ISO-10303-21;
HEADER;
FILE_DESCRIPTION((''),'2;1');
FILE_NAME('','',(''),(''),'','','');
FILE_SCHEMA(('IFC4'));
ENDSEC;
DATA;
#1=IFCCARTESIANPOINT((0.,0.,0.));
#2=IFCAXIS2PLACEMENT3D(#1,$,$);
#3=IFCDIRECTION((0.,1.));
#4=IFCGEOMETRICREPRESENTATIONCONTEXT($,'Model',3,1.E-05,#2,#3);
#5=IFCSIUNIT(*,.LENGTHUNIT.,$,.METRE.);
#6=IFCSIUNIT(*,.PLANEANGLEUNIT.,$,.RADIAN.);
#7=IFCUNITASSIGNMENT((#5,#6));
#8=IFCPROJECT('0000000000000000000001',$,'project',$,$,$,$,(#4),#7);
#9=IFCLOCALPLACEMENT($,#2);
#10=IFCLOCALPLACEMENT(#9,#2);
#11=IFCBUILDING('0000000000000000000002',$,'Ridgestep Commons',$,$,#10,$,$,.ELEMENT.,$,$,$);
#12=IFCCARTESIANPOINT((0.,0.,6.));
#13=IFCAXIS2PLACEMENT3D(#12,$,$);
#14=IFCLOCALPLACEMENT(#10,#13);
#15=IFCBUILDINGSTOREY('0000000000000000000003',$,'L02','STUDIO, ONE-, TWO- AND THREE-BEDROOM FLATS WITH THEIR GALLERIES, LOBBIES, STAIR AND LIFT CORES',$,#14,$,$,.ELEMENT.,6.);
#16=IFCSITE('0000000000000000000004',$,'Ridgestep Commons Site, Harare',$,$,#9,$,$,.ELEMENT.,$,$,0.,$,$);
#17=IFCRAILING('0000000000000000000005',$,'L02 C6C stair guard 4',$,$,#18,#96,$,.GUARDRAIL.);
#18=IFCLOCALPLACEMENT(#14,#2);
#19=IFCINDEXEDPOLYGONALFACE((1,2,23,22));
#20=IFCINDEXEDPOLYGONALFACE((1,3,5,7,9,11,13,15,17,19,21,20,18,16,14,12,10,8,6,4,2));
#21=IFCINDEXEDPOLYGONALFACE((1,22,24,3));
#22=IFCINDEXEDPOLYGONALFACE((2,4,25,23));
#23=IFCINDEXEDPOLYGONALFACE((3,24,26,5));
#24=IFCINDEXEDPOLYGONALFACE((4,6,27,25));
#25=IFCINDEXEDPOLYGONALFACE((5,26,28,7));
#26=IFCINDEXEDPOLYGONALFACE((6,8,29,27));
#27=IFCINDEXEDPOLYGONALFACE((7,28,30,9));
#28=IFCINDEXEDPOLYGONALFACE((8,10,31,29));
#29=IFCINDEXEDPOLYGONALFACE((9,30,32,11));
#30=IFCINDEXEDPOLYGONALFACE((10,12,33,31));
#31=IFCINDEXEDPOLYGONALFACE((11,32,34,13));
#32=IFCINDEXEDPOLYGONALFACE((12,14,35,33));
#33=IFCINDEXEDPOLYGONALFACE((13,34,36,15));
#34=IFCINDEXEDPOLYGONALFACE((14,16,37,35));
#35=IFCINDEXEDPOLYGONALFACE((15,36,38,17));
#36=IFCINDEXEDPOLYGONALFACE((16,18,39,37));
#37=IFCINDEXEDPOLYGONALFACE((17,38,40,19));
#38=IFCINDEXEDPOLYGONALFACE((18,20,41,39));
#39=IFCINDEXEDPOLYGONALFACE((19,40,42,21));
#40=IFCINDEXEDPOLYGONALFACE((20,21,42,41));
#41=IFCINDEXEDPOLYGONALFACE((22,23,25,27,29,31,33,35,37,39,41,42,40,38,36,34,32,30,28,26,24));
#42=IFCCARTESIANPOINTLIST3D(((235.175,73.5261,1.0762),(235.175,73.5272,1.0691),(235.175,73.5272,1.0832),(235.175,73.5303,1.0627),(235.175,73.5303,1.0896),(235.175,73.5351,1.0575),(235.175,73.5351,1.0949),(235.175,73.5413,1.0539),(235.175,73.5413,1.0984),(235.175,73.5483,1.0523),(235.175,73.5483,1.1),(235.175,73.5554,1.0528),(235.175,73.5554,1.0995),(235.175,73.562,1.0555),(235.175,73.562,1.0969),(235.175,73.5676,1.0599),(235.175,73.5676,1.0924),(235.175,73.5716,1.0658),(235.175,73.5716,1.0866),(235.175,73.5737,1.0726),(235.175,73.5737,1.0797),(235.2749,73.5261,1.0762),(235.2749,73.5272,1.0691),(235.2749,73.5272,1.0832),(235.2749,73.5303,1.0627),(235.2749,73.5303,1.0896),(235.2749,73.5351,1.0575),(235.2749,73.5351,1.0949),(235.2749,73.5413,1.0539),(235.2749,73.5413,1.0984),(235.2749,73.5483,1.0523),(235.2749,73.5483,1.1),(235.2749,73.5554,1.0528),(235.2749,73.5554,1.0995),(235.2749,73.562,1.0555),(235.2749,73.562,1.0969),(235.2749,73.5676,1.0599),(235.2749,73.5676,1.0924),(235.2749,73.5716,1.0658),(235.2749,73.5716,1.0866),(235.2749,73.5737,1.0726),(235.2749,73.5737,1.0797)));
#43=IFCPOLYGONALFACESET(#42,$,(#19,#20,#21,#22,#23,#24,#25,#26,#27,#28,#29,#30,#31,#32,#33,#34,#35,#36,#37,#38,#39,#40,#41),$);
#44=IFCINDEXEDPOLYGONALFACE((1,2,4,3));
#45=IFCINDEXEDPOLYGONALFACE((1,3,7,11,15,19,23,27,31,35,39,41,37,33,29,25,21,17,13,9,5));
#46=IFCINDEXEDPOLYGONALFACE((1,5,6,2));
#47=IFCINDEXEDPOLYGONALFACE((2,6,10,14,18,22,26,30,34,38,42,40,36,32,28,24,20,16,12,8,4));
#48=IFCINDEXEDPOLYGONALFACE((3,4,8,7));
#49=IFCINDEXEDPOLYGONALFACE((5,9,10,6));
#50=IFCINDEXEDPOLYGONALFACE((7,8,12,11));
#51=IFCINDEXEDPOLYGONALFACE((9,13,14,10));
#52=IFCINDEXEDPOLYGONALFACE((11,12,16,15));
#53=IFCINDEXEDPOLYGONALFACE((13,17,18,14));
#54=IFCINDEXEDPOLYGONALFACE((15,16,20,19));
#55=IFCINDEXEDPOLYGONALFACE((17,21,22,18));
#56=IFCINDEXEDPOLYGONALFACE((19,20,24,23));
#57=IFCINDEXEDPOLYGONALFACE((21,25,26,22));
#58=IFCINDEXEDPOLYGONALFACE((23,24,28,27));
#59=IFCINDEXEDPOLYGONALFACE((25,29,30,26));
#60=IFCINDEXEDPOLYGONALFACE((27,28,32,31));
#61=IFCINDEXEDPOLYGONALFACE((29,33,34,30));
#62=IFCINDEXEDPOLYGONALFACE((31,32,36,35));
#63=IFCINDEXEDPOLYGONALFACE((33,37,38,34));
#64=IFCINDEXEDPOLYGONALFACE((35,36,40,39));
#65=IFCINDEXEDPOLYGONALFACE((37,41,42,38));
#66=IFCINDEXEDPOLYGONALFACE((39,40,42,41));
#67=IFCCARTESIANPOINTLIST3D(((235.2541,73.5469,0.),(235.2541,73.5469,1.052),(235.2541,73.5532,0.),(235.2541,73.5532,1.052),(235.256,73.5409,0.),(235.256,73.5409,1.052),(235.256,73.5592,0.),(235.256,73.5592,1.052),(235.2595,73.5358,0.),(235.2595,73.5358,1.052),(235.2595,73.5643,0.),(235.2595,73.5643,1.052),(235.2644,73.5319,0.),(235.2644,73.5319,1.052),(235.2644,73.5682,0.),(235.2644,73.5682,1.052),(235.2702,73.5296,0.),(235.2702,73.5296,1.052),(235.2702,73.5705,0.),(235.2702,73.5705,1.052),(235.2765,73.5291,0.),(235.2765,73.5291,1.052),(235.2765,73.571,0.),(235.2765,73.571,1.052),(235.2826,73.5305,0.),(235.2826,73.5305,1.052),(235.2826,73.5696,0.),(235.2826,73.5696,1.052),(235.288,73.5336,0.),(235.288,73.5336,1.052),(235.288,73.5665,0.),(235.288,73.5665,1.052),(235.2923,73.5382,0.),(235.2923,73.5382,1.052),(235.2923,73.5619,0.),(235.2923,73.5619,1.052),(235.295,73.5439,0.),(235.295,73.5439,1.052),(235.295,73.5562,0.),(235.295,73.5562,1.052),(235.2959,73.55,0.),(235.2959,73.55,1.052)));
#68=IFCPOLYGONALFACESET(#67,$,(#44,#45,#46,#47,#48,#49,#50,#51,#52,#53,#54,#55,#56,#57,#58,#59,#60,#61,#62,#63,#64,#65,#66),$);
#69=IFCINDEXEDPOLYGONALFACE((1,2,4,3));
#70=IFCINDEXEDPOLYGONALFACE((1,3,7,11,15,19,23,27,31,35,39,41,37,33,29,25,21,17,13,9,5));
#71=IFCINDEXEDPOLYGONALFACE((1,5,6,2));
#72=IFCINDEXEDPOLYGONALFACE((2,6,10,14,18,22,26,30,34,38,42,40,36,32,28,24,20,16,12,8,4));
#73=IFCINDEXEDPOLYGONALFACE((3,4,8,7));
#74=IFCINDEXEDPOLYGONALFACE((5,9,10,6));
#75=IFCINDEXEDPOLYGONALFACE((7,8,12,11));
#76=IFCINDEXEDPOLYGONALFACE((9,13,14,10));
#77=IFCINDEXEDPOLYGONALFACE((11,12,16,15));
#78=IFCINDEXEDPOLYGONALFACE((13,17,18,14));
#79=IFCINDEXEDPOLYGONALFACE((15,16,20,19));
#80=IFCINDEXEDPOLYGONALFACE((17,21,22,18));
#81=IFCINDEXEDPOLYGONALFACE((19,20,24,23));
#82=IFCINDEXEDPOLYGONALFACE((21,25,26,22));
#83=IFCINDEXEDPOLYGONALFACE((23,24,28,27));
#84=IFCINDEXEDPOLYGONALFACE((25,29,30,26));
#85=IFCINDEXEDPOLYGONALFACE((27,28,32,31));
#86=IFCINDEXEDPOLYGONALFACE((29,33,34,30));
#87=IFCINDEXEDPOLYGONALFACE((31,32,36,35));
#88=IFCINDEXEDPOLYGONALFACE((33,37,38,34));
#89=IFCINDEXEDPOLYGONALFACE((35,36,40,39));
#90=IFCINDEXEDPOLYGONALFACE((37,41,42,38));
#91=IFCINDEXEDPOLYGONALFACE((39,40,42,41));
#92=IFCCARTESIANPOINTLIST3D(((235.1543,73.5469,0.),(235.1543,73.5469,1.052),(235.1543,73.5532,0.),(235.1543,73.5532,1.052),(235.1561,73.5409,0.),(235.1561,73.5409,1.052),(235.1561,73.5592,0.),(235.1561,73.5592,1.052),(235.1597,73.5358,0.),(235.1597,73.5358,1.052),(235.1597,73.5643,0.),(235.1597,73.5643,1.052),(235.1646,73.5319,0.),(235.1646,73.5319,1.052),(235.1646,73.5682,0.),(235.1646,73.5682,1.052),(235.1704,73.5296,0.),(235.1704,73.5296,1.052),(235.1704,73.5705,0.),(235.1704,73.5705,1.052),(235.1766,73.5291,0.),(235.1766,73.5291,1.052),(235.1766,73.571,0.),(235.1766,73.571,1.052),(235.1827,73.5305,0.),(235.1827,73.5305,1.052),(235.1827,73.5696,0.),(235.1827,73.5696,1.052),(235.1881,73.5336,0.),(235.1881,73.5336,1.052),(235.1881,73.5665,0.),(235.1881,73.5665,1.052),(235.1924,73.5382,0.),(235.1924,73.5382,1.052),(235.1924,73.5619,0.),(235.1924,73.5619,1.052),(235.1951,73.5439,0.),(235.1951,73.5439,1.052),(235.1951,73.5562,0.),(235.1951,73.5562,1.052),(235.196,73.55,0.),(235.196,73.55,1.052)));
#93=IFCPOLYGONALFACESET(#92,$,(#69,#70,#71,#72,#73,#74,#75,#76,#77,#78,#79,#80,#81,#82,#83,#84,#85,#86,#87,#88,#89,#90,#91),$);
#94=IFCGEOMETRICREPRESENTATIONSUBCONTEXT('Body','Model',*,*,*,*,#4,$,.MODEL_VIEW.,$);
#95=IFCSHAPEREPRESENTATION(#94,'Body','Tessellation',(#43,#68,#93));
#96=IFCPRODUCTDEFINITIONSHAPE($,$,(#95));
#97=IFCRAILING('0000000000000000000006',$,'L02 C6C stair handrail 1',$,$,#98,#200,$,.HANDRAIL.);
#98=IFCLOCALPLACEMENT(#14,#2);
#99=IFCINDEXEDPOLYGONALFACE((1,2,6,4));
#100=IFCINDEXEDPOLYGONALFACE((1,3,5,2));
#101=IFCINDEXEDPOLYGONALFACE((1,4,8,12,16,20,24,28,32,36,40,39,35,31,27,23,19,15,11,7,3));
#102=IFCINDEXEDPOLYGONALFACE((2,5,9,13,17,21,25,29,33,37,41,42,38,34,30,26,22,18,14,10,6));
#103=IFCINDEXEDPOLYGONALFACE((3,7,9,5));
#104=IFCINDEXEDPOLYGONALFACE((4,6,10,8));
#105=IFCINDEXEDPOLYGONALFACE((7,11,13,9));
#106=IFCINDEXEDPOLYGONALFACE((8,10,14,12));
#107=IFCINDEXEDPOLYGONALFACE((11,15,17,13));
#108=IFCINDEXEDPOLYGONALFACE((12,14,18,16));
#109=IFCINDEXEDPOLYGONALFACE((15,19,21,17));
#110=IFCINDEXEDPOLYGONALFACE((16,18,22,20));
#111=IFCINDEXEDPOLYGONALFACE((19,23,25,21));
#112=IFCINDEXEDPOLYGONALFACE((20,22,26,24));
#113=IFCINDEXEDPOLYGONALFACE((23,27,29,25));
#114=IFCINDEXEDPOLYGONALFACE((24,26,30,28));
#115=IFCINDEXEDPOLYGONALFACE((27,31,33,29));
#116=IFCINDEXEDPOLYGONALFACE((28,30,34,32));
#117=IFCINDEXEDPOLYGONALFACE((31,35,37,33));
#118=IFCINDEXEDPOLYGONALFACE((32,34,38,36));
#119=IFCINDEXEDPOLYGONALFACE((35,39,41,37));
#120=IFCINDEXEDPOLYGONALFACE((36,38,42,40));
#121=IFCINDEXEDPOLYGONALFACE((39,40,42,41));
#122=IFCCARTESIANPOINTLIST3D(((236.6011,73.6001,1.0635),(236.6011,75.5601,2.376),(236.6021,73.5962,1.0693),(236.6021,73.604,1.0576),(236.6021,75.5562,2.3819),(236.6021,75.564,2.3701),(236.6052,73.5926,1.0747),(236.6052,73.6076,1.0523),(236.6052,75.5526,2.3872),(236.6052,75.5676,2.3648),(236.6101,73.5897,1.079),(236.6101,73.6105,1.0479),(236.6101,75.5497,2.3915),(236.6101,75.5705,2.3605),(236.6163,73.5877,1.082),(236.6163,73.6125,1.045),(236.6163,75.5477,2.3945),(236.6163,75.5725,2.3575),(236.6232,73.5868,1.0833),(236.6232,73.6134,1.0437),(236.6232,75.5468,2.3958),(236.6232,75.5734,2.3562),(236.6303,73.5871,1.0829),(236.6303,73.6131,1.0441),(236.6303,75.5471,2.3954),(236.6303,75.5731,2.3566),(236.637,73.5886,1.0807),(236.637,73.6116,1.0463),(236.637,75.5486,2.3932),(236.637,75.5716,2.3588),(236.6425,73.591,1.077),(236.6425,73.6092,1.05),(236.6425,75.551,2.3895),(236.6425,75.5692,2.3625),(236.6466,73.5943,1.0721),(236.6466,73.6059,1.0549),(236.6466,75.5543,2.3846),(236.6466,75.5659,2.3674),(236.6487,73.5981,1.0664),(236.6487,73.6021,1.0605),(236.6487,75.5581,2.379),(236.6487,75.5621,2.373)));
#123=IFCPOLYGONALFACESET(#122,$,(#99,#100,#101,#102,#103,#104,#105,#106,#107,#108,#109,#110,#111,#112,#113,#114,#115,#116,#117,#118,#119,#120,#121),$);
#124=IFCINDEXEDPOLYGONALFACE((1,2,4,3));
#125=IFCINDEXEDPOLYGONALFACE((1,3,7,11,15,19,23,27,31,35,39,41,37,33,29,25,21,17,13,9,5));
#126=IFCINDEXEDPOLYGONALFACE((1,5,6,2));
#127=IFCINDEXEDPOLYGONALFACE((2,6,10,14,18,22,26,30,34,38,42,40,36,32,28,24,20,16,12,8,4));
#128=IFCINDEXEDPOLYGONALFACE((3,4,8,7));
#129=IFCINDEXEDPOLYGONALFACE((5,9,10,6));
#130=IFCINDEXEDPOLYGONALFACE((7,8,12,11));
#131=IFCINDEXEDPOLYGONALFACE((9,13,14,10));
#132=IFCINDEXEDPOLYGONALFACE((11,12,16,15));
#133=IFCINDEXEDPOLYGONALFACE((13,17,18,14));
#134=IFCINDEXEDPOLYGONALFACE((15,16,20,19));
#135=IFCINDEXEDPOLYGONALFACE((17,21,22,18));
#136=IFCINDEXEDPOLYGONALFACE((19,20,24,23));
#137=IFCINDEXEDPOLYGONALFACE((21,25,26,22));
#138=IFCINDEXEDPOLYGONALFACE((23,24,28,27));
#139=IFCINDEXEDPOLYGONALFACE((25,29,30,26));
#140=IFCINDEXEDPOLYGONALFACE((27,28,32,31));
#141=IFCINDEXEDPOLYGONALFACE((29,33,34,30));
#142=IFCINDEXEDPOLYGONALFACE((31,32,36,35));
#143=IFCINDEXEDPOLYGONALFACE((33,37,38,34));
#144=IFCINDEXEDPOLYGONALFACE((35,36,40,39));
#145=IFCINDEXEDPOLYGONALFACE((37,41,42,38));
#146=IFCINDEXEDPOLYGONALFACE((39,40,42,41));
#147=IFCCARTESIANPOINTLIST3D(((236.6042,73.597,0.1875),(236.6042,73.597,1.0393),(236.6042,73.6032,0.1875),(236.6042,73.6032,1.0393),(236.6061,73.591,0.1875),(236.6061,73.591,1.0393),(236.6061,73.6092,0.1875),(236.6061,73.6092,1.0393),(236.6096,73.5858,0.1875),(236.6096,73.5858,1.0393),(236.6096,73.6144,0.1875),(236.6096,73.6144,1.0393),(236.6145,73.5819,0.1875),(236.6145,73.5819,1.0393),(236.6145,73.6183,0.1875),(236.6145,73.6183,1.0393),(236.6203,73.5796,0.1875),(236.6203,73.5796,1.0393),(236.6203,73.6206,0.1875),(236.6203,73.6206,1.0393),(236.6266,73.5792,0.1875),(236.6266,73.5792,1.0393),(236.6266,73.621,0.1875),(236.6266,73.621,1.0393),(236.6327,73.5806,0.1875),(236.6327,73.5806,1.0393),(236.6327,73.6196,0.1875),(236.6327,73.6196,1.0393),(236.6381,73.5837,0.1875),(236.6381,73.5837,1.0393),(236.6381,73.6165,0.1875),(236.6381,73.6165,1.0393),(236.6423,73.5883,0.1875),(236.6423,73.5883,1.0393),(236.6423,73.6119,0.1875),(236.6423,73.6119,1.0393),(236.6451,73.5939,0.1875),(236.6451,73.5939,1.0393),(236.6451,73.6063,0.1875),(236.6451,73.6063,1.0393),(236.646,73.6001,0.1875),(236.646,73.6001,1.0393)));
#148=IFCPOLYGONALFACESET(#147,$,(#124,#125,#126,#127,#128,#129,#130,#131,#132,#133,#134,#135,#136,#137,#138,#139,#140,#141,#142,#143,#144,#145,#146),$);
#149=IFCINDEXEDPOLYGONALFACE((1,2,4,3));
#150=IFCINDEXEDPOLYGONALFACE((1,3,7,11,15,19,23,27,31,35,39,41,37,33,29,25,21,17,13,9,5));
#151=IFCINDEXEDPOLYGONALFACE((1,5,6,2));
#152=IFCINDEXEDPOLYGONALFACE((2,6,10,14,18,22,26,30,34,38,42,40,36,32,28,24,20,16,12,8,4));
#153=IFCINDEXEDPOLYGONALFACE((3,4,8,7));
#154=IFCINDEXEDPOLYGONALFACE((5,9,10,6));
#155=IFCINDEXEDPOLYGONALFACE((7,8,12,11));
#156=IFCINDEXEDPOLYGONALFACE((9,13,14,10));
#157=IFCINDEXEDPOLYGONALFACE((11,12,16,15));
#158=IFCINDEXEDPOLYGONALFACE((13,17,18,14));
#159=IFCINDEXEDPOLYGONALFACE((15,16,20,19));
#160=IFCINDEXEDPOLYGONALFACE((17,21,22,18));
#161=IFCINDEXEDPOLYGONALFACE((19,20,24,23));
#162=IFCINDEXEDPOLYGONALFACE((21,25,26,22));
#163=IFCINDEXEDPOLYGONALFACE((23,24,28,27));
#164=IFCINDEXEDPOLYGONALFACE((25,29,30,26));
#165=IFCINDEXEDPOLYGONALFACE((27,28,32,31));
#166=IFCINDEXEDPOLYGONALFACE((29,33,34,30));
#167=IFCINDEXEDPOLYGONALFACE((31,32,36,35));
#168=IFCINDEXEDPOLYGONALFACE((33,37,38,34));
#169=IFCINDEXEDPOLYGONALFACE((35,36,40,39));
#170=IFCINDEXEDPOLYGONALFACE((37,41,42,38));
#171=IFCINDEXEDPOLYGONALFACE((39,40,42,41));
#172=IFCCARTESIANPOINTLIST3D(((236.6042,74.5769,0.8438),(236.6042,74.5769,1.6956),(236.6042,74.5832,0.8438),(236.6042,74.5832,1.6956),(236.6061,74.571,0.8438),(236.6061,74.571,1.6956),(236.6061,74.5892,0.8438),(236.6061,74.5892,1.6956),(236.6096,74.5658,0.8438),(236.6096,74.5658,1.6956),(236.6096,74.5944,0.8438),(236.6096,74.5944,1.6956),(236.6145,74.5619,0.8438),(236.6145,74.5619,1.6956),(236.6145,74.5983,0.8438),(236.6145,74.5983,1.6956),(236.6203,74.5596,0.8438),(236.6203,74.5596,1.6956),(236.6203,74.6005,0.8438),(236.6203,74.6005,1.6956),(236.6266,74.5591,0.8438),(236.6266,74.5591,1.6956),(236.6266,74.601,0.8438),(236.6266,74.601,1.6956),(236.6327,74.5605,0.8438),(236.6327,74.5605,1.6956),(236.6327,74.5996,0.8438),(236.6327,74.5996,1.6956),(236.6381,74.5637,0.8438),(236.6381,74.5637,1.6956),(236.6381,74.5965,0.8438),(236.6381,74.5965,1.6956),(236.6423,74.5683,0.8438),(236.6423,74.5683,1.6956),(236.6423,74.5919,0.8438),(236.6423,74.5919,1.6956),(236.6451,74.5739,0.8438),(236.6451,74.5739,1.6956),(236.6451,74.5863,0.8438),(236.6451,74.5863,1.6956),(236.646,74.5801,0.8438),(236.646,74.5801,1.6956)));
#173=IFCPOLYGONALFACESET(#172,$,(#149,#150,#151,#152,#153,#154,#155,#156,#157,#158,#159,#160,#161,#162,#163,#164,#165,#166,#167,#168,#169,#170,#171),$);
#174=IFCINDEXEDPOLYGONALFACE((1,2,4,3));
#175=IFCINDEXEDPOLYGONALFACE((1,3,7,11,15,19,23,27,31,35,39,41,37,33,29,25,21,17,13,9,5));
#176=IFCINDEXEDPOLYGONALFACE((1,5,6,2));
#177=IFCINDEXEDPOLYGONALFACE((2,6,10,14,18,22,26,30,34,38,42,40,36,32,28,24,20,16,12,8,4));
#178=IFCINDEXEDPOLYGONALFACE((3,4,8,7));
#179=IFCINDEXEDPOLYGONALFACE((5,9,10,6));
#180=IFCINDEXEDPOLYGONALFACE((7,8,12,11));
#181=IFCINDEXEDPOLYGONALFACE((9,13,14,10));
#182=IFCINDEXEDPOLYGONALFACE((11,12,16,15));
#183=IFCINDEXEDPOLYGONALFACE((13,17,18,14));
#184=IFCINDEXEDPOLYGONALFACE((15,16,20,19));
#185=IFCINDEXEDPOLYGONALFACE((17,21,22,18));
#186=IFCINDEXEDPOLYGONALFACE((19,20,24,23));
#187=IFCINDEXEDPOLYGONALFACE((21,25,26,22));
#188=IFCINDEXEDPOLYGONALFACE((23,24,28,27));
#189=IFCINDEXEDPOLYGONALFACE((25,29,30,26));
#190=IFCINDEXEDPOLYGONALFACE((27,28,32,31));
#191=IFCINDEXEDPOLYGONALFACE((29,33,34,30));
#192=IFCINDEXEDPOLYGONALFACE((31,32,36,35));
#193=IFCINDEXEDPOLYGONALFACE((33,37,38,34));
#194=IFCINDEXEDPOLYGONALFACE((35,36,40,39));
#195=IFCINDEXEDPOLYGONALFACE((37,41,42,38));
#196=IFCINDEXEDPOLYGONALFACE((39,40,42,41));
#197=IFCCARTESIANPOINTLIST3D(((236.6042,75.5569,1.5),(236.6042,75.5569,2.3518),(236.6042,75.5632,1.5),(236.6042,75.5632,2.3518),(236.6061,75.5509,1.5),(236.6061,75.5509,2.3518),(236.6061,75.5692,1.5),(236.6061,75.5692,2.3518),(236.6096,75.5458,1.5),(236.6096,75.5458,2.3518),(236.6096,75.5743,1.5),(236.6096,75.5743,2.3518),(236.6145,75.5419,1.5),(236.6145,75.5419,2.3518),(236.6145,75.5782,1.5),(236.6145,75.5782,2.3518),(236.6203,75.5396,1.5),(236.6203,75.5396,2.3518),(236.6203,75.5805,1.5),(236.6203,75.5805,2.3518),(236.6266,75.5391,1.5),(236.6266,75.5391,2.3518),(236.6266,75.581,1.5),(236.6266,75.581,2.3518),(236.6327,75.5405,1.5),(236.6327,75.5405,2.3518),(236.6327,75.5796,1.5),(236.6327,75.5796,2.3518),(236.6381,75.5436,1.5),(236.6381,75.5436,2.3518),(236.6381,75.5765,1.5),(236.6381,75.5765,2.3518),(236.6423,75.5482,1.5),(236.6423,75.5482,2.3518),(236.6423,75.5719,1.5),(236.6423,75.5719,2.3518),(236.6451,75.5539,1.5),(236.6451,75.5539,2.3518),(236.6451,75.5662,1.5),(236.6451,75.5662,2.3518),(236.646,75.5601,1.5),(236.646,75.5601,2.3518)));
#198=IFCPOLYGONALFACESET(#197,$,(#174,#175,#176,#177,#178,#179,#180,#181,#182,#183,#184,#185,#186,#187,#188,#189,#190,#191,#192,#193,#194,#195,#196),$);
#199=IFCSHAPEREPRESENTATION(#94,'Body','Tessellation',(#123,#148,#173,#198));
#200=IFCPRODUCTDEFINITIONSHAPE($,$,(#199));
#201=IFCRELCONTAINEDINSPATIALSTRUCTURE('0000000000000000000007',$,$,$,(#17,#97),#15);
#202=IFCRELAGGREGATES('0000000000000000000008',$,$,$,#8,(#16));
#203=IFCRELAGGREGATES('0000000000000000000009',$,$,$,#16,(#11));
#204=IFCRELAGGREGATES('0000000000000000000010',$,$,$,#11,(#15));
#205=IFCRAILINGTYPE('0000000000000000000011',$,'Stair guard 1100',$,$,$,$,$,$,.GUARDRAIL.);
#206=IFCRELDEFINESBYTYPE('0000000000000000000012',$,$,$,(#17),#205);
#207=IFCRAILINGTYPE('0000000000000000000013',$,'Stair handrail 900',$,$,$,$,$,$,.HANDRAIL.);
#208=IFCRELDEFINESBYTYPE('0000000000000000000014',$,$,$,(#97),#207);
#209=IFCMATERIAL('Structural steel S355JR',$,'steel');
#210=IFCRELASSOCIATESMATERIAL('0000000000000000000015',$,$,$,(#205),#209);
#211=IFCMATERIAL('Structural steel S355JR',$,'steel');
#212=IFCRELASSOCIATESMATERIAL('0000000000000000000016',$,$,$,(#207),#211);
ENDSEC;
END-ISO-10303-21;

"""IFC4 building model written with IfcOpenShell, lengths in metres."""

from ifc_helpers import new_model, si_unit, direction, frame, origin, origin_2d, place, context, subcontext, project, spatial, circle, extrude, material, type_object, element, save


model = new_model("IFC4")

# Units and contexts
model_context = context("Model", 3, precision=1e-05, world=origin(), true_north=direction((0.0, 1.0)))
body_context = subcontext(model_context, "Body", "Model", "MODEL_VIEW")
ifc_project = project(units=[si_unit("LENGTHUNIT", "METRE"), si_unit("PLANEANGLEUNIT", "RADIAN")], contexts=[model_context])

# Site, building, storey
site_placement = place(None, origin())
site = spatial("IfcSite", under=ifc_project, at=site_placement, Name="Ridgestep Commons Site, Harare", CompositionType="ELEMENT", RefElevation=0.0)
building_placement = place(site_placement, origin())
building = spatial("IfcBuilding", under=site, at=building_placement, Name="Ridgestep Commons", CompositionType="ELEMENT")
storey_placement = place(building_placement, frame((0.0, 0.0, 6.0)))
storey = spatial("IfcBuildingStorey", under=building, at=storey_placement, Name="L02", Description="STUDIO, ONE-, TWO- AND THREE-BEDROOM FLATS WITH THEIR GALLERIES, LOBBIES, STAIR AND LIFT CORES", CompositionType="ELEMENT", Elevation=6.0)

# Railings
ifc_material_1 = material(Name="Structural steel S355JR", Category="steel")
railing_type_1 = type_object("IfcRailingType", Name="Stair guard 1100", PredefinedType="GUARDRAIL", material=ifc_material_1)
railing_1_placement = place(storey_placement, frame((235.2749, 73.55, 0.0)))
element("IfcRailing", 1, at=railing_1_placement, inside=storey, type_object=railing_type_1, Name="L02 C6C stair guard 4", PredefinedType="GUARDRAIL", context=body_context, shape_type="SweptSolid", body=[
    extrude(circle(Radius=0.0239, at=origin_2d()), frame((0.0, 0.0, 1.0762), z_axis=(-1.0, 0.0, 0.0), x_axis=(0.0, -1.0, 0.0)), (0.0, 0.0, 1.0), 0.0999),
    extrude(circle(Radius=0.021, at=origin_2d()), origin(), (0.0, 0.0, 1.0), 1.052),
    extrude(circle(Radius=0.021, at=origin_2d()), frame((-0.0999, 0.0, 0.0)), (0.0, 0.0, 1.0), 1.052),
])
ifc_material_2 = material(Name="Structural steel S355JR", Category="steel")
railing_type_2 = type_object("IfcRailingType", Name="Stair handrail 900", PredefinedType="HANDRAIL", material=ifc_material_2)
railing_2_placement = place(storey_placement, frame((236.625, 73.6001, 0.1875)))
element("IfcRailing", 2, at=railing_2_placement, inside=storey, type_object=railing_type_2, Name="L02 C6C stair handrail 1", PredefinedType="HANDRAIL", context=body_context, shape_type="SweptSolid", body=[
    extrude(circle(Radius=0.0239, at=origin_2d()), frame((0.0, 0.0, 0.876), z_axis=(0.0, 0.830902, 0.556419), x_axis=(-1.0, 0.0, 0.0)), (0.0, 0.0, 1.0), 2.3589),
    extrude(circle(Radius=0.021, at=origin_2d()), origin(), (0.0, 0.0, 1.0), 0.8518),
    extrude(circle(Radius=0.021, at=origin_2d()), frame((0.0, 0.98, 0.6562)), (0.0, 0.0, 1.0), 0.8518),
    extrude(circle(Radius=0.021, at=origin_2d()), frame((0.0, 1.96, 1.3125)), (0.0, 0.0, 1.0), 0.8518),
])

save(model, "model.ifc")
